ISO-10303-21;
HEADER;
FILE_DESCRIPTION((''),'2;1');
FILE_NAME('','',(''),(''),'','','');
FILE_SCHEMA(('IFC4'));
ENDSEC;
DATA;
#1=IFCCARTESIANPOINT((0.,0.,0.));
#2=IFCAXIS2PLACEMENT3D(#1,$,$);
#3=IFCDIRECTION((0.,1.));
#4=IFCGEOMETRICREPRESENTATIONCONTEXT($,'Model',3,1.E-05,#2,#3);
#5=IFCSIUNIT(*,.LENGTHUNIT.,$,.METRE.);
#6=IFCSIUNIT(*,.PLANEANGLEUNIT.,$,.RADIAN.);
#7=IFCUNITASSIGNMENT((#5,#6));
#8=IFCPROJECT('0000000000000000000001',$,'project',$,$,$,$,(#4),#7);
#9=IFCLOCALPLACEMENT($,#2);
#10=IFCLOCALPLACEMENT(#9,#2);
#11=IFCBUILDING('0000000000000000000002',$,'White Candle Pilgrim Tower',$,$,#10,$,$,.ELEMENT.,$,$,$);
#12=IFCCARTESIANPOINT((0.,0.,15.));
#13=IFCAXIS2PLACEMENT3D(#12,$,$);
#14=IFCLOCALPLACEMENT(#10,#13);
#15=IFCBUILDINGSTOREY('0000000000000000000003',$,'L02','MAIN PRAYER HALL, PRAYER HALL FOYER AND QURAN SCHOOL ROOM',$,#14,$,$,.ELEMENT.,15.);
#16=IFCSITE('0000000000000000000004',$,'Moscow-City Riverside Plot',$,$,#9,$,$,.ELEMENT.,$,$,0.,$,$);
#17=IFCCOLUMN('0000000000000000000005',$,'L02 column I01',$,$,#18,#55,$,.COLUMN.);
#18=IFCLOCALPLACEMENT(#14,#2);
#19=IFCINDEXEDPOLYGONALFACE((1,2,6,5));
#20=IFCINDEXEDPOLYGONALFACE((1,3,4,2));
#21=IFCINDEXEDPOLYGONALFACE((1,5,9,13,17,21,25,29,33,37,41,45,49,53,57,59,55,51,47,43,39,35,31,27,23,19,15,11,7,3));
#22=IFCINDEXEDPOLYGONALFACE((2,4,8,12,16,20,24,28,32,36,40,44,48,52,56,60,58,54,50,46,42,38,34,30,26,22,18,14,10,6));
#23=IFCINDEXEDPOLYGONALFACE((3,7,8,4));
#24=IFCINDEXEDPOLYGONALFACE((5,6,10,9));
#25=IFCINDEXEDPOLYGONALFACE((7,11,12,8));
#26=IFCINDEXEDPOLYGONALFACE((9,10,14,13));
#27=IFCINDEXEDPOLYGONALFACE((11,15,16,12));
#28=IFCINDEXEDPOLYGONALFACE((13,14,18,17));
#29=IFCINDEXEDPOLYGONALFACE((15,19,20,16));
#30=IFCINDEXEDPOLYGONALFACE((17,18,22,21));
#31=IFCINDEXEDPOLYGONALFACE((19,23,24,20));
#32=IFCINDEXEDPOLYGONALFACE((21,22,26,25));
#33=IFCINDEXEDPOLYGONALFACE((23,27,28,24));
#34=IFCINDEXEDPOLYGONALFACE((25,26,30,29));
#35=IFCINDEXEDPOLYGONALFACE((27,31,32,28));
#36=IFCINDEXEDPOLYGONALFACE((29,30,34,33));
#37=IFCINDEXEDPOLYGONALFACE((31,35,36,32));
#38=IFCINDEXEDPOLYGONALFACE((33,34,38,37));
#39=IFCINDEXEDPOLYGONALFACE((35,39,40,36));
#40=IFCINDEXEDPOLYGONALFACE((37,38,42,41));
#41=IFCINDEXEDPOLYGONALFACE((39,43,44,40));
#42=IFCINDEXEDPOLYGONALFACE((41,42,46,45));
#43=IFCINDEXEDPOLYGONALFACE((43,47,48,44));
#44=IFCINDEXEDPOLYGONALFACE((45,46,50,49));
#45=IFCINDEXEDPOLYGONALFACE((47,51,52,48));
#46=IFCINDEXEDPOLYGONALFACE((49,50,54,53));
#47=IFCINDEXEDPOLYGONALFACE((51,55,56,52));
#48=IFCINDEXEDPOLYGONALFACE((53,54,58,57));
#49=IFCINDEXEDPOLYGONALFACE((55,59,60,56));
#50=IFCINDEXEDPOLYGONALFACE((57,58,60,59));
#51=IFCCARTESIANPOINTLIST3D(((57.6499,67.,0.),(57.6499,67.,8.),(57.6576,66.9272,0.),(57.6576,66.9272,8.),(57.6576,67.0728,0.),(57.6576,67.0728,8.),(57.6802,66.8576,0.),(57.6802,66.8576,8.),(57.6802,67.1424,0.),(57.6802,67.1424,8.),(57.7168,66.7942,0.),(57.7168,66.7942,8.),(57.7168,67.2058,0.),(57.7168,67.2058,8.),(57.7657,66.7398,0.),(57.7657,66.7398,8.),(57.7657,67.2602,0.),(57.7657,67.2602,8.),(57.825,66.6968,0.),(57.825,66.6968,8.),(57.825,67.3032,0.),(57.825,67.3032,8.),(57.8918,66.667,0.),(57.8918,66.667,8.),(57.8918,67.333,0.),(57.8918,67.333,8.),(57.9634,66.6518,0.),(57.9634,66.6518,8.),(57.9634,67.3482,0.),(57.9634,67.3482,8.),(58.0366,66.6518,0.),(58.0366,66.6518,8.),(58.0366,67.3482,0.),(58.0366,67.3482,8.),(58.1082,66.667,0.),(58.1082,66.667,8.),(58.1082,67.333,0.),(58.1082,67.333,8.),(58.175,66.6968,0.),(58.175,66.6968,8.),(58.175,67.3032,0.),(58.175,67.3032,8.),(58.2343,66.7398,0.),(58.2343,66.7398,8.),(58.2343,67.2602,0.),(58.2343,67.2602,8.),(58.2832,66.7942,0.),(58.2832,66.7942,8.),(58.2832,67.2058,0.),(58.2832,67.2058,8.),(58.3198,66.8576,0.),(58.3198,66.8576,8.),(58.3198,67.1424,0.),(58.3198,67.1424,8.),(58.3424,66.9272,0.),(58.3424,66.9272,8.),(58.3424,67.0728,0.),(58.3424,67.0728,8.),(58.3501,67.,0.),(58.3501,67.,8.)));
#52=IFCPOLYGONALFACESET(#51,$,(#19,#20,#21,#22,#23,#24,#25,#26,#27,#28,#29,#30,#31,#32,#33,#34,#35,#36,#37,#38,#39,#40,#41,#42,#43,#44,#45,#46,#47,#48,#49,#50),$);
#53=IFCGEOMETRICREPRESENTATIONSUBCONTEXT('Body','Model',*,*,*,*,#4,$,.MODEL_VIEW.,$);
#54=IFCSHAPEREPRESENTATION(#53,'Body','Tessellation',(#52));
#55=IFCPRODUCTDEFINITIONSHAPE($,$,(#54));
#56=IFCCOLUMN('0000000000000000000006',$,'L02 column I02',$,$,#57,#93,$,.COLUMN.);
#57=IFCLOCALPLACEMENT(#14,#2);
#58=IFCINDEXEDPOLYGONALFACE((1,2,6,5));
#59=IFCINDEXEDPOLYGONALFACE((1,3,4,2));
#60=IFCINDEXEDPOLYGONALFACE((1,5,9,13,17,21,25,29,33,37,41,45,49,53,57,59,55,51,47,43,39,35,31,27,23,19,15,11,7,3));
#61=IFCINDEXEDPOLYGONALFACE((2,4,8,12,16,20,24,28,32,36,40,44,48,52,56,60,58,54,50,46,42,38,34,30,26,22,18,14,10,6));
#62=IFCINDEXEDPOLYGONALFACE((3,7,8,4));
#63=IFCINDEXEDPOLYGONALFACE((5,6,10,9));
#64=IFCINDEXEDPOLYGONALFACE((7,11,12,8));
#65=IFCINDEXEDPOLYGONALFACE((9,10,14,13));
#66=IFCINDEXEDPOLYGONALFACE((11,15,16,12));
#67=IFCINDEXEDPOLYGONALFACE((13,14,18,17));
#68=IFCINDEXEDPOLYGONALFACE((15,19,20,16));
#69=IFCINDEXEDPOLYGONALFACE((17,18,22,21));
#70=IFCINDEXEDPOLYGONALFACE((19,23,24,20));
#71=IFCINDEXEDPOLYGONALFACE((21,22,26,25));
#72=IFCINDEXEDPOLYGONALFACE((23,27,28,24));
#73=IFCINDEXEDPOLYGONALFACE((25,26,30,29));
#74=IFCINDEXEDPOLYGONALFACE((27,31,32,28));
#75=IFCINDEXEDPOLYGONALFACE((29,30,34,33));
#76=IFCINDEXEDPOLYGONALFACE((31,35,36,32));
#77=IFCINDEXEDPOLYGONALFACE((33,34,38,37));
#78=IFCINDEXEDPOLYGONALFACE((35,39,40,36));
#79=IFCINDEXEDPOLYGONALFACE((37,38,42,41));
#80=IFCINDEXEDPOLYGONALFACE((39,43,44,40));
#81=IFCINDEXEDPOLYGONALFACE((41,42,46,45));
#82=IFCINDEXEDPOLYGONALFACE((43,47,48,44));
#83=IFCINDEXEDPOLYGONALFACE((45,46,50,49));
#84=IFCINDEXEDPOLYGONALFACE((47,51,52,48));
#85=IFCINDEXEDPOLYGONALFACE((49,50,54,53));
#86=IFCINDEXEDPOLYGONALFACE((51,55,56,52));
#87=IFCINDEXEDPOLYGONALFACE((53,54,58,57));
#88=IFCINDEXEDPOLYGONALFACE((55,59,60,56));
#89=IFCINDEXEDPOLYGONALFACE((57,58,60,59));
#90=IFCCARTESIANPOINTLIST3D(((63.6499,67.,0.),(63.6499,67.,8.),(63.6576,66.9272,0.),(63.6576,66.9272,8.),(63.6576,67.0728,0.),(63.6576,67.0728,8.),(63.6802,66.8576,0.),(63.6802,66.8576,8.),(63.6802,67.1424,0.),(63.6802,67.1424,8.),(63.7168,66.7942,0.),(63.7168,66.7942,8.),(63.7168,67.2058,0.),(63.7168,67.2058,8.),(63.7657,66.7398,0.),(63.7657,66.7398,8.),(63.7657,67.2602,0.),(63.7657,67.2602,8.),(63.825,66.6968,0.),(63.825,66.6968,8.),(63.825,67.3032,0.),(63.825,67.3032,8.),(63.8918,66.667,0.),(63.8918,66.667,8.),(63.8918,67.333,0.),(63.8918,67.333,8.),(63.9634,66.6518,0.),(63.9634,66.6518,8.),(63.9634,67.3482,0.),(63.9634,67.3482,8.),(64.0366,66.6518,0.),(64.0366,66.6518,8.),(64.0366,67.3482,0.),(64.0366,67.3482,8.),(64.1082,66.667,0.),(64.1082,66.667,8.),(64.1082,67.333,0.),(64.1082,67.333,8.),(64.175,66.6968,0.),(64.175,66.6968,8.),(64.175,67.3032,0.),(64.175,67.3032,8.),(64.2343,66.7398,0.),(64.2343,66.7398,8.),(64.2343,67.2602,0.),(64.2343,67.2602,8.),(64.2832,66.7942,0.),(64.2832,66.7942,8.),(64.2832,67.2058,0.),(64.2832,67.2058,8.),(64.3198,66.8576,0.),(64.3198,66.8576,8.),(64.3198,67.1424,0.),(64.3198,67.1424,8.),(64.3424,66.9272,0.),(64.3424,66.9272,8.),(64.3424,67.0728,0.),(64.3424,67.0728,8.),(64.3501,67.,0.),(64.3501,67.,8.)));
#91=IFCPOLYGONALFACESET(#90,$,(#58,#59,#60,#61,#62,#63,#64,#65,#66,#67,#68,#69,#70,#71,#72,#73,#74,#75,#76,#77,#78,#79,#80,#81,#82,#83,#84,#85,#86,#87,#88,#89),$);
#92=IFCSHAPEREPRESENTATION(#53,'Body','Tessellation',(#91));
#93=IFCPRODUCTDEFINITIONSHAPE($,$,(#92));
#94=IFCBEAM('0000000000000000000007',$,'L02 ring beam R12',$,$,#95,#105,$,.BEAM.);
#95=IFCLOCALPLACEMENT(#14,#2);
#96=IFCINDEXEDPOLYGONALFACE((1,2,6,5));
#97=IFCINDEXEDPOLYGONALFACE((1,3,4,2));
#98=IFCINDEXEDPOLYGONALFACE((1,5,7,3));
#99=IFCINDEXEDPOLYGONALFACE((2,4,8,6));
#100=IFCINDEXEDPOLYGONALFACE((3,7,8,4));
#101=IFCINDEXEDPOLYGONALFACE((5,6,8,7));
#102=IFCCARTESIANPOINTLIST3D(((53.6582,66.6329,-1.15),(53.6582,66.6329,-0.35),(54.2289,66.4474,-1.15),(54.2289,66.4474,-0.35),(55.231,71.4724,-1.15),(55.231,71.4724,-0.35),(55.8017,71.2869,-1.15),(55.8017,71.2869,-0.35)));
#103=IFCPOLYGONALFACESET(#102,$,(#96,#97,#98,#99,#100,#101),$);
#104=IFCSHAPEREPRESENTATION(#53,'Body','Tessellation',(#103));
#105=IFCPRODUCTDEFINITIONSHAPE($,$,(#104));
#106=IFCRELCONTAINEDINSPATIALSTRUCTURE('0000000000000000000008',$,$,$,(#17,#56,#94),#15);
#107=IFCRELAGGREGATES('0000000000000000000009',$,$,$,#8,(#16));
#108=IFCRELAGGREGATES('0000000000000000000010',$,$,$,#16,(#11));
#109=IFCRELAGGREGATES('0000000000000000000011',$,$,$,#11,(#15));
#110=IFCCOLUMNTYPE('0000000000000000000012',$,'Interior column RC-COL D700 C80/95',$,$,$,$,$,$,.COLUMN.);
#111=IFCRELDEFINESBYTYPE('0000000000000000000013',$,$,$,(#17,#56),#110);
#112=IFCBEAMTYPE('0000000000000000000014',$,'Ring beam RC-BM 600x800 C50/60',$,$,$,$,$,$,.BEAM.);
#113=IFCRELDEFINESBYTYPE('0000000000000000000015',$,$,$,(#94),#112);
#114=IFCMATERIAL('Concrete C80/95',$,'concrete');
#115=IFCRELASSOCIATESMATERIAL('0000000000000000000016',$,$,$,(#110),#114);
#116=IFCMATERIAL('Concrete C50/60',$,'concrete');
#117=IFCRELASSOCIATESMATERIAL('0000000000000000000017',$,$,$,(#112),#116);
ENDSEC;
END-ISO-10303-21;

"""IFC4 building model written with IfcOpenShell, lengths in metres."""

from ifc_helpers import new_model, si_unit, direction, frame, origin, origin_2d, place, context, subcontext, project, spatial, rectangle, circle, extrude, material, material_profile, profile_set, type_object, element, save


model = new_model("IFC4")

# Units and contexts
model_context = context("Model", 3, precision=1e-05, world=origin(), true_north=direction((0.0, 1.0)))
body_context = subcontext(model_context, "Body", "Model", "MODEL_VIEW")
ifc_project = project(units=[si_unit("LENGTHUNIT", "METRE"), si_unit("PLANEANGLEUNIT", "RADIAN")], contexts=[model_context])

# Site, building, storey
site_placement = place(None, origin())
site = spatial("IfcSite", under=ifc_project, at=site_placement, Name="Moscow-City Riverside Plot", CompositionType="ELEMENT", RefElevation=0.0)
building_placement = place(site_placement, origin())
building = spatial("IfcBuilding", under=site, at=building_placement, Name="White Candle Pilgrim Tower", CompositionType="ELEMENT")
storey_placement = place(building_placement, frame((0.0, 0.0, 15.0)))
storey = spatial("IfcBuildingStorey", under=building, at=storey_placement, Name="L02", Description="MAIN PRAYER HALL, PRAYER HALL FOYER AND QURAN SCHOOL ROOM", CompositionType="ELEMENT", Elevation=15.0)

# Columns
ifc_material_1 = material(Name="Concrete C80/95", Category="concrete")
ifc_material_profile_1 = material_profile(ifc_material_1, circle(Radius=0.3501, at=origin_2d()), Name="RC-COL D700")
ifc_profile_set_1 = profile_set([ifc_material_profile_1], Name="Concrete C80/95")
column_type = type_object("IfcColumnType", Name="Interior column RC-COL D700 C80/95", PredefinedType="COLUMN", material=ifc_profile_set_1)
for number, where, z_axis, x_axis, name in (
    (1, (58.0, 67.0, 0.0), (0.0, 0.0, 1.0), (1.0, 0.0, 0.0), "L02 column I01"),
    (2, (64.0, 67.0, 0.0), (0.0, 0.0, 1.0), (1.0, 0.0, 0.0), "L02 column I02"),
):
    element("IfcColumn", number, at=place(storey_placement, frame(where, z_axis=z_axis, x_axis=x_axis)), inside=storey, type_object=column_type, Name=name, PredefinedType="COLUMN", context=body_context, shape_type="SweptSolid", body=[
        extrude(circle(Radius=0.3501, at=origin_2d()), origin(), (0.0, 0.0, 1.0), 8.0),
    ])

# Beam
ifc_material_2 = material(Name="Concrete C50/60", Category="concrete")
ifc_material_profile_2 = material_profile(ifc_material_2, rectangle(XDim=0.6001, YDim=0.8, at=origin_2d()), Name="RC-BM 600x800")
ifc_profile_set_2 = profile_set([ifc_material_profile_2], Name="Concrete C50/60")
beam_type = type_object("IfcBeamType", Name="Ring beam RC-BM 600x800 C50/60", PredefinedType="BEAM", material=ifc_profile_set_2)
beam_placement = place(storey_placement, frame((55.5164, 71.3796, -0.75), z_axis=(-0.30908, -0.951036, 0.0), x_axis=(0.951036, -0.30908, 0.0)))
element("IfcBeam", 3, at=beam_placement, inside=storey, type_object=beam_type, Name="L02 ring beam R12", PredefinedType="BEAM", context=body_context, shape_type="SweptSolid", body=[
    extrude(rectangle(XDim=0.6001, YDim=0.8, at=origin_2d()), origin(), (0.0, 0.0, 1.0), 5.0886),
])

save(model, "model.ifc")
